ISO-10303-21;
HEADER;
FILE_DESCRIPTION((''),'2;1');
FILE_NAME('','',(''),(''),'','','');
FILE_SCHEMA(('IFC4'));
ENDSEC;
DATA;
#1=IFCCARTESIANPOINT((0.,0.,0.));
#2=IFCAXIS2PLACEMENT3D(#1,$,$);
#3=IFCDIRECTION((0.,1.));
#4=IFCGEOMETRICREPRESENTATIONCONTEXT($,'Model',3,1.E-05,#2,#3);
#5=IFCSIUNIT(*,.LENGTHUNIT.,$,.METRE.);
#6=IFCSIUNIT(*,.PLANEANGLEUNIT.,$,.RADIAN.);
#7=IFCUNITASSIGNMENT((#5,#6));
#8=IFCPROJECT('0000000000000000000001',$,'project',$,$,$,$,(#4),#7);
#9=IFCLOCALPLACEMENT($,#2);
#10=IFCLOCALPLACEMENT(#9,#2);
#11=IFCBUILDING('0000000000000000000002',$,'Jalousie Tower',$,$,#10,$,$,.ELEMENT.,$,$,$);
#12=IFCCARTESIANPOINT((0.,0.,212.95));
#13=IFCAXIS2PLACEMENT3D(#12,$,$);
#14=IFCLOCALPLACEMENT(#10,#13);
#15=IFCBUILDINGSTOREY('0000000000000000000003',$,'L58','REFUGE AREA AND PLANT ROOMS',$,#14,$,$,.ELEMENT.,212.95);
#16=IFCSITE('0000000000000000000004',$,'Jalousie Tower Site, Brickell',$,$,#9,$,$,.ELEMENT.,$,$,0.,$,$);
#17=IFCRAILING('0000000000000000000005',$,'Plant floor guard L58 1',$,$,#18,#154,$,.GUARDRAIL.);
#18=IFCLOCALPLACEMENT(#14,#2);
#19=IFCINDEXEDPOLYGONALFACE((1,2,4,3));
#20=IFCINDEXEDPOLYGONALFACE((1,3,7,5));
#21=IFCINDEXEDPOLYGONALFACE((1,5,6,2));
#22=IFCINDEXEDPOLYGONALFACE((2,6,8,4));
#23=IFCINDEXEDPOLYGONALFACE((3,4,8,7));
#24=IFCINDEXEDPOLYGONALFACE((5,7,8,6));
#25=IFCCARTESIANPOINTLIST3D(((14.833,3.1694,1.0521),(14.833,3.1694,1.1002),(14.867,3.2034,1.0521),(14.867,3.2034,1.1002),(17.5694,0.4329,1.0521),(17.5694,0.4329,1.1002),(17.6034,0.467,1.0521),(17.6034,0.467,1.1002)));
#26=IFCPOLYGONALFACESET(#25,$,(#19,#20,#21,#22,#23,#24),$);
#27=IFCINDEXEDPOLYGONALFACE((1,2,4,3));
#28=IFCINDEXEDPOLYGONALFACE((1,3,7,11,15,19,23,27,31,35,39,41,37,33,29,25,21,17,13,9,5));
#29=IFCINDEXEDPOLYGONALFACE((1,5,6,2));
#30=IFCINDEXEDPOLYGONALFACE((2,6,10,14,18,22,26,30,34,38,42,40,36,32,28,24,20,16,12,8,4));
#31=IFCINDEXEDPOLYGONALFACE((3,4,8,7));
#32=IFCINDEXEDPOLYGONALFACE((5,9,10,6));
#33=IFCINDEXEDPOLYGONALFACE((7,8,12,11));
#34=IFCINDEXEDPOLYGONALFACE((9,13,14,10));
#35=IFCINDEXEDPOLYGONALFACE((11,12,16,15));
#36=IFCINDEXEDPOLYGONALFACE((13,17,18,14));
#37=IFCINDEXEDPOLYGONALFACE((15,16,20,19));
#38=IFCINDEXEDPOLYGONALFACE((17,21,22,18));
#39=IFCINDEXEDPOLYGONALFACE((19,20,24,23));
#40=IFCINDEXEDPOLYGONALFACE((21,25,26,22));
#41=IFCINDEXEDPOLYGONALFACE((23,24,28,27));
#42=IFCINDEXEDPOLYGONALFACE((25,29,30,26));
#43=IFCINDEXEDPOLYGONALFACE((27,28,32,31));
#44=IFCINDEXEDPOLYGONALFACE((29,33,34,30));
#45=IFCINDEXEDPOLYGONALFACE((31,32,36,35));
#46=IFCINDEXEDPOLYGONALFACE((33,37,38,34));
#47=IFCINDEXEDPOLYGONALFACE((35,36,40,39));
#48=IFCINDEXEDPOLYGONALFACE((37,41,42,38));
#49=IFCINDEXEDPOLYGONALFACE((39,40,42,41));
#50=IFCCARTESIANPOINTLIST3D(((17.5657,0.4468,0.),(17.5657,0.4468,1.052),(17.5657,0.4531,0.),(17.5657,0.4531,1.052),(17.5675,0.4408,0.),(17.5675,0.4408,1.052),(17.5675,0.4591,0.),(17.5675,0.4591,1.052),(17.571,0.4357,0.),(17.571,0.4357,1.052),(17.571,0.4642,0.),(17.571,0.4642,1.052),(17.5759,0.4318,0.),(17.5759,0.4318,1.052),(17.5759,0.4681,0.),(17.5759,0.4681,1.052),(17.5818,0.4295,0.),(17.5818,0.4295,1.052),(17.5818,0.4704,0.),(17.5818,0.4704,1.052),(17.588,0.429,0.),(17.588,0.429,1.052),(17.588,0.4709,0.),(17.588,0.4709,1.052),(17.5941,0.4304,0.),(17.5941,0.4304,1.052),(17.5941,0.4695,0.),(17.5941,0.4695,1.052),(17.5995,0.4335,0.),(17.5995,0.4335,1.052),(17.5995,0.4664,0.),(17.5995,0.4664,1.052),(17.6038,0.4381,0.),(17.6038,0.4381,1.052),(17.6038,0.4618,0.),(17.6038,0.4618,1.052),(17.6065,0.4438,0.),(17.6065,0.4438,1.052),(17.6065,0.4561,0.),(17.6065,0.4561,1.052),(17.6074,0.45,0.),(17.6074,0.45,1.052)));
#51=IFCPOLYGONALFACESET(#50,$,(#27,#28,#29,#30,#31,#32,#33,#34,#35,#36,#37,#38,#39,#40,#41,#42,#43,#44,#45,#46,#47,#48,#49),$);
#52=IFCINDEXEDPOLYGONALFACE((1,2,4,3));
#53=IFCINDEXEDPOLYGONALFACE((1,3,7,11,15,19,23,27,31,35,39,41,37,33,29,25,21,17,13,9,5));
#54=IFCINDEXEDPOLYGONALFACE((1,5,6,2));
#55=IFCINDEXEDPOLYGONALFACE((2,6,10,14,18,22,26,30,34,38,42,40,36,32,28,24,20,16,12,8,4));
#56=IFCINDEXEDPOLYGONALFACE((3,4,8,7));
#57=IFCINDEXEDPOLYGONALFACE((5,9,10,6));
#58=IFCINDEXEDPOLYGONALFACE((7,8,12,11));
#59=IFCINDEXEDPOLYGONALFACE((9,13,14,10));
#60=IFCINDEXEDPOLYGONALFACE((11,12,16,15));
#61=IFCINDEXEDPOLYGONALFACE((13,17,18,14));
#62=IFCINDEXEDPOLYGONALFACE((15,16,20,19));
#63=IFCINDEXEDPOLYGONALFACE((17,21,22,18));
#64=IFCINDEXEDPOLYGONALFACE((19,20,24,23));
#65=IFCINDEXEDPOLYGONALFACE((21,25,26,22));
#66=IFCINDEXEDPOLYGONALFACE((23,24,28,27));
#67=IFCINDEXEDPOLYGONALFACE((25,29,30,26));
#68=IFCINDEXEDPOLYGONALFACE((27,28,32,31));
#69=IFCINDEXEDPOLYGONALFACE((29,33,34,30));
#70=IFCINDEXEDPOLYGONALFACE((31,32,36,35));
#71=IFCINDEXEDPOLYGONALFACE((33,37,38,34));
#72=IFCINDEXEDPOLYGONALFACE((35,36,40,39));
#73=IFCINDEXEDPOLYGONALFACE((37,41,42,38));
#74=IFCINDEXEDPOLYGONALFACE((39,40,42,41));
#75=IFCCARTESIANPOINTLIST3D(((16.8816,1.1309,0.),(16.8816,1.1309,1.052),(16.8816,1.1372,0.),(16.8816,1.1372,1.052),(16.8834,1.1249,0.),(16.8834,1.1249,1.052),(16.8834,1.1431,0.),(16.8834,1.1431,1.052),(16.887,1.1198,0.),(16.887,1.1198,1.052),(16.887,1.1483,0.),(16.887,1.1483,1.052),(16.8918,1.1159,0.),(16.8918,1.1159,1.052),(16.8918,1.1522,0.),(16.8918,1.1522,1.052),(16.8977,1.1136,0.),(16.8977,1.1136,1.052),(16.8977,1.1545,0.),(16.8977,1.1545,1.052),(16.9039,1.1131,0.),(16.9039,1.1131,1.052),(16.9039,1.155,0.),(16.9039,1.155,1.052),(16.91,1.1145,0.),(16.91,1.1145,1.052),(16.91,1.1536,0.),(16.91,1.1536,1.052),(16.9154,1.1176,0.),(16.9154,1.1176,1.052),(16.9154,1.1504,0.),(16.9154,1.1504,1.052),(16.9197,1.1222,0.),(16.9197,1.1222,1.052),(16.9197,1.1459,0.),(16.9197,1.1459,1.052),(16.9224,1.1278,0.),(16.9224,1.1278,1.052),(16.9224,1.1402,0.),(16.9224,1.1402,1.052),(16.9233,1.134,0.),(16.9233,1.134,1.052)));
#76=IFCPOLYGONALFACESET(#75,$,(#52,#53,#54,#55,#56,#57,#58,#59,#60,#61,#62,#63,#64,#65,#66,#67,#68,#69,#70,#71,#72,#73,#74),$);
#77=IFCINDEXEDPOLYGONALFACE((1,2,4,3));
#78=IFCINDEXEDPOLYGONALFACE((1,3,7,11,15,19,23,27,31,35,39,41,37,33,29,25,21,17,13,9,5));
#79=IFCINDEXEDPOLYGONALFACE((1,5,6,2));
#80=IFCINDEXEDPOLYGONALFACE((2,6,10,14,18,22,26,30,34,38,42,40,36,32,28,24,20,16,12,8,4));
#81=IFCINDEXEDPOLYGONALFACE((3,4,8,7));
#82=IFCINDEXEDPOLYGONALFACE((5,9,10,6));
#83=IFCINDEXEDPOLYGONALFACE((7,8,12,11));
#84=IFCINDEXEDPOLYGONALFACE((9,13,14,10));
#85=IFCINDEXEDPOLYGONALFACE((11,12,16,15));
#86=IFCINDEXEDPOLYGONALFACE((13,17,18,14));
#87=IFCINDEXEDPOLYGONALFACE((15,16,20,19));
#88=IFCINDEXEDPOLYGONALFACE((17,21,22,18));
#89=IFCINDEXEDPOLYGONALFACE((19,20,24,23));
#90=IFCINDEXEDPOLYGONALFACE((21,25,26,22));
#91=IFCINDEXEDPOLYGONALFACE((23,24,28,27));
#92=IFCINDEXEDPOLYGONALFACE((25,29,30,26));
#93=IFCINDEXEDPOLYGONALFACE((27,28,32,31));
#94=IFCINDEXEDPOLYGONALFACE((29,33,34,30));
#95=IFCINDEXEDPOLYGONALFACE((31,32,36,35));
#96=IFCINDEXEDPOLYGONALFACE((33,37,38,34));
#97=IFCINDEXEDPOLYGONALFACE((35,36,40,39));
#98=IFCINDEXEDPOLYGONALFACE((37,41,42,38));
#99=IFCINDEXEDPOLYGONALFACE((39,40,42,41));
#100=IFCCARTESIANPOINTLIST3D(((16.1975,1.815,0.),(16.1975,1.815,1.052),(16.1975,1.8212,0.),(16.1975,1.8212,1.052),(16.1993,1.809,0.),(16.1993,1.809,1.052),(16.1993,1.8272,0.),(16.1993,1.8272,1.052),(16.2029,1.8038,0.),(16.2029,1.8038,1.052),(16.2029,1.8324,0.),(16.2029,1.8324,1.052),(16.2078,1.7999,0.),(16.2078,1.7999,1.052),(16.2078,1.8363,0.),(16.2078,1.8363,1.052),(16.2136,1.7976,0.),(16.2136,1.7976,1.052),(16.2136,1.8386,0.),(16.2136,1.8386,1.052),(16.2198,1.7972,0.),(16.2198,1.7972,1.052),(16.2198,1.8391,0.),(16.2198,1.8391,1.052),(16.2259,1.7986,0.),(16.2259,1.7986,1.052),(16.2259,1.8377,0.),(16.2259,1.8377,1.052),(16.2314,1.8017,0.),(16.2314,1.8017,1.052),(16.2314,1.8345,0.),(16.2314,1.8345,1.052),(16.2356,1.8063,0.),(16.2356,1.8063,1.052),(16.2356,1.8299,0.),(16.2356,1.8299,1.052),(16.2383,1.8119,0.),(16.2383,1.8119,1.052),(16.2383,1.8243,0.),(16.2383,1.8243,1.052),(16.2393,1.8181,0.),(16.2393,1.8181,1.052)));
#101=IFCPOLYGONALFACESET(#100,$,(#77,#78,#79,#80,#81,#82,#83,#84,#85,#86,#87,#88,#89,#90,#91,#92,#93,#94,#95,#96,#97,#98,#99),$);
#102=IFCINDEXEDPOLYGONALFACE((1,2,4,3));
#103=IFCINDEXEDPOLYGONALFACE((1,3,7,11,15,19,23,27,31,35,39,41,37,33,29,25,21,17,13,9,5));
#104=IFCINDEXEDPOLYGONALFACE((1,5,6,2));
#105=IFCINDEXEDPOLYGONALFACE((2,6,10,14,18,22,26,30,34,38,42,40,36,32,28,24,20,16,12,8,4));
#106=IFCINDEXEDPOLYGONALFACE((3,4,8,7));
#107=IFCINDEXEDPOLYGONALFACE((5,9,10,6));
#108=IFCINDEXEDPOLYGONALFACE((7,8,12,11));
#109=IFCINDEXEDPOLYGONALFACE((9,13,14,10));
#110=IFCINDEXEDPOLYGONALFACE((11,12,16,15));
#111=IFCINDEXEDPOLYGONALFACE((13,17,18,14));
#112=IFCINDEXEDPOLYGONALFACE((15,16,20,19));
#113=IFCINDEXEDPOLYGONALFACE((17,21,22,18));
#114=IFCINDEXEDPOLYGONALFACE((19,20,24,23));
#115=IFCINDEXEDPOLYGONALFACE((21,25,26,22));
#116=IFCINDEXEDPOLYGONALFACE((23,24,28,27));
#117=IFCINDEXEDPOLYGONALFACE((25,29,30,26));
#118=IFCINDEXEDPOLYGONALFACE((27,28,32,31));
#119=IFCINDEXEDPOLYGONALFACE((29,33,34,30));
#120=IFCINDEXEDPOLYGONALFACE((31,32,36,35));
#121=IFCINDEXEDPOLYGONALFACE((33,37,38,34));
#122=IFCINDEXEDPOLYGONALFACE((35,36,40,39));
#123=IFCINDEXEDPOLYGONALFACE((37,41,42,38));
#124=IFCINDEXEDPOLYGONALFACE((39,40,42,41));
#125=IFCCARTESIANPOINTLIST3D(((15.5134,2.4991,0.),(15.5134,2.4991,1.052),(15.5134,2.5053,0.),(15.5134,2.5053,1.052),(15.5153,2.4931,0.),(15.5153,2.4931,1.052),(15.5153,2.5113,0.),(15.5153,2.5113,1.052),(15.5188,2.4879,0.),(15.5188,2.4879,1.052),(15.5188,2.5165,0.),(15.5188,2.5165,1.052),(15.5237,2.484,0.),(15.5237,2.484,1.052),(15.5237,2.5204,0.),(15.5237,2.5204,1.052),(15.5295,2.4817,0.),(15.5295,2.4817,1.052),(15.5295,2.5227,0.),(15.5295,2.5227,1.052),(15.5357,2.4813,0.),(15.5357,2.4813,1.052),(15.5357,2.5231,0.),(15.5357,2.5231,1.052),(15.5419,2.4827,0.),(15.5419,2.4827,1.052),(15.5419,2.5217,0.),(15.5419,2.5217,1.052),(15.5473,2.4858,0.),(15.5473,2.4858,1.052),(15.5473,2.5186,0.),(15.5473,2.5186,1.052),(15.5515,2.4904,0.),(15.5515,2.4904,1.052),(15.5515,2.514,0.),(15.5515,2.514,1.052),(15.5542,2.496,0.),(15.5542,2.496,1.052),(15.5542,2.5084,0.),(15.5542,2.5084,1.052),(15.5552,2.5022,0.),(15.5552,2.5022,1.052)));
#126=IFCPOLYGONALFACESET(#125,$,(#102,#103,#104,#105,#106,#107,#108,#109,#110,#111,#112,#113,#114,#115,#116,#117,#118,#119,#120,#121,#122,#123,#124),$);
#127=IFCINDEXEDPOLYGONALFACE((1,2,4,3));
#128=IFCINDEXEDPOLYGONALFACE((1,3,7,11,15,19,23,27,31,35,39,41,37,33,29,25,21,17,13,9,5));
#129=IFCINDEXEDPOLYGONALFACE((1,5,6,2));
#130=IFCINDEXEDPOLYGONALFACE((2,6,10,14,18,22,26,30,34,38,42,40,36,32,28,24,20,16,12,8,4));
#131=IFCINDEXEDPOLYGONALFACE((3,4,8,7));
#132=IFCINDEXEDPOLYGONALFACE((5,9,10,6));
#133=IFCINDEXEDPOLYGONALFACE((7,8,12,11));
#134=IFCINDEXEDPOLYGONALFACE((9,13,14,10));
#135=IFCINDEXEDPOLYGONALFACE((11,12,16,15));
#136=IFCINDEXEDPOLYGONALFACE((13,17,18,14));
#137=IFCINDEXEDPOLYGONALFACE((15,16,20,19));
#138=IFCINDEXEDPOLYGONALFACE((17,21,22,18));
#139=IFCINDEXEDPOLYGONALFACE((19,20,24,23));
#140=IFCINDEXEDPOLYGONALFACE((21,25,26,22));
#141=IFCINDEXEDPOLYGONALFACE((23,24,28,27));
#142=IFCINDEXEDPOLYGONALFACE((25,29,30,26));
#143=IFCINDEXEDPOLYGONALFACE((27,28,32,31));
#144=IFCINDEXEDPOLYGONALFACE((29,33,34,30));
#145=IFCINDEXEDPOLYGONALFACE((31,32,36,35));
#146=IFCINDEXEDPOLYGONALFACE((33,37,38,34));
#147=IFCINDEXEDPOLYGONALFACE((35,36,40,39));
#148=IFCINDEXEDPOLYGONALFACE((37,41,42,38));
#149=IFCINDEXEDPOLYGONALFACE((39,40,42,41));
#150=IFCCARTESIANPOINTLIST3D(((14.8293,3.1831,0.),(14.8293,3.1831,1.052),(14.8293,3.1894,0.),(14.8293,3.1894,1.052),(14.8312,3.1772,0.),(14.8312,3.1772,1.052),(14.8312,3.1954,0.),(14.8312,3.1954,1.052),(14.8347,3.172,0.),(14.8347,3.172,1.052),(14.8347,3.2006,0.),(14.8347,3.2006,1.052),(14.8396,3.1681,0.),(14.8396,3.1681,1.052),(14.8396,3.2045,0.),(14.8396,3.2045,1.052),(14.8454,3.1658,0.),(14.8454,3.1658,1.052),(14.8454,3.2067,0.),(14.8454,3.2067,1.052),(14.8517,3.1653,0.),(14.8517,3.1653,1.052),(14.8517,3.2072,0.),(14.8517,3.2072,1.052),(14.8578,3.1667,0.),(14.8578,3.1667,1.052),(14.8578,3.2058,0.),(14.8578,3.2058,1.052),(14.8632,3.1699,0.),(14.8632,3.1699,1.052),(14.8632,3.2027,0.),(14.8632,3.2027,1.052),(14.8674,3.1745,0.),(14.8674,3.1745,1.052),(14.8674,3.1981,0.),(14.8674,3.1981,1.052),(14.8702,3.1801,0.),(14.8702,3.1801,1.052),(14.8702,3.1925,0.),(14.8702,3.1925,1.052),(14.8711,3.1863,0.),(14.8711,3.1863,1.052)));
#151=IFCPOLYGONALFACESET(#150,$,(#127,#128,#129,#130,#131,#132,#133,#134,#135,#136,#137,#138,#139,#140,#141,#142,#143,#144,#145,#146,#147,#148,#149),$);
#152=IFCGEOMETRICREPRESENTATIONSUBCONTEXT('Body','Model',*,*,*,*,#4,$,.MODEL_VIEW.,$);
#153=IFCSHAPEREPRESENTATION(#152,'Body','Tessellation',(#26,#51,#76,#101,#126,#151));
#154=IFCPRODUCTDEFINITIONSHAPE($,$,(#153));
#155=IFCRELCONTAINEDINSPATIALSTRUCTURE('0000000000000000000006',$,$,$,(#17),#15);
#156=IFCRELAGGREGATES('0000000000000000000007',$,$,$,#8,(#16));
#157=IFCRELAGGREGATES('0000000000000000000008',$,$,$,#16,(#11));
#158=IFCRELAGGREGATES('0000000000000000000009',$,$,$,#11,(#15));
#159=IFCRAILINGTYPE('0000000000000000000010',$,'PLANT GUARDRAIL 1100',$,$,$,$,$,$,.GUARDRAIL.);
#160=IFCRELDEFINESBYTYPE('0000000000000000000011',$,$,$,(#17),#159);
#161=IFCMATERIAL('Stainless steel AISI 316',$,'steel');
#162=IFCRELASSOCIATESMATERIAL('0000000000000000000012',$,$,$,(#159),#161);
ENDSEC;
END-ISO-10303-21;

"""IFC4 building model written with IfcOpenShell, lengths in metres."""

from ifc_helpers import new_model, si_unit, direction, frame, origin, origin_2d, place, context, subcontext, project, spatial, rectangle, circle, extrude, material, type_object, element, save


model = new_model("IFC4")

# Units and contexts
model_context = context("Model", 3, precision=1e-05, world=origin(), true_north=direction((0.0, 1.0)))
body_context = subcontext(model_context, "Body", "Model", "MODEL_VIEW")
ifc_project = project(units=[si_unit("LENGTHUNIT", "METRE"), si_unit("PLANEANGLEUNIT", "RADIAN")], contexts=[model_context])

# Site, building, storey
site_placement = place(None, origin())
site = spatial("IfcSite", under=ifc_project, at=site_placement, Name="Jalousie Tower Site, Brickell", CompositionType="ELEMENT", RefElevation=0.0)
building_placement = place(site_placement, origin())
building = spatial("IfcBuilding", under=site, at=building_placement, Name="Jalousie Tower", CompositionType="ELEMENT")
storey_placement = place(building_placement, frame((0.0, 0.0, 212.95)))
storey = spatial("IfcBuildingStorey", under=building, at=storey_placement, Name="L58", Description="REFUGE AREA AND PLANT ROOMS", CompositionType="ELEMENT", Elevation=212.95)

# Railing
ifc_material_1 = material(Name="Stainless steel AISI 316", Category="steel")
railing_type = type_object("IfcRailingType", Name="PLANT GUARDRAIL 1100", PredefinedType="GUARDRAIL", material=ifc_material_1)
railing_1_placement = place(storey_placement, frame((17.5864, 0.45, 0.0)))
element("IfcRailing", 1, at=railing_1_placement, inside=storey, type_object=railing_type, Name="Plant floor guard L58 1", PredefinedType="GUARDRAIL", context=body_context, shape_type="SweptSolid", body=[
    extrude(rectangle(XDim=0.0481, YDim=0.0481, at=origin_2d()), frame((0.0, 0.0, 1.0762), z_axis=(-0.707107, 0.707107, 0.0), x_axis=(-0.707107, -0.707107, 0.0)), (0.0, 0.0, 1.0), 3.8699),
    extrude(circle(Radius=0.021, at=origin_2d()), origin(), (0.0, 0.0, 1.0), 1.052),
    extrude(circle(Radius=0.021, at=origin_2d()), frame((-0.6841, 0.6841, 0.0)), (0.0, 0.0, 1.0), 1.052),
    extrude(circle(Radius=0.021, at=origin_2d()), frame((-1.3682, 1.3682, 0.0)), (0.0, 0.0, 1.0), 1.052),
    extrude(circle(Radius=0.021, at=origin_2d()), frame((-2.0522, 2.0522, 0.0)), (0.0, 0.0, 1.0), 1.052),
    extrude(circle(Radius=0.021, at=origin_2d()), frame((-2.7363, 2.7363, 0.0)), (0.0, 0.0, 1.0), 1.052),
])

save(model, "model.ifc")
